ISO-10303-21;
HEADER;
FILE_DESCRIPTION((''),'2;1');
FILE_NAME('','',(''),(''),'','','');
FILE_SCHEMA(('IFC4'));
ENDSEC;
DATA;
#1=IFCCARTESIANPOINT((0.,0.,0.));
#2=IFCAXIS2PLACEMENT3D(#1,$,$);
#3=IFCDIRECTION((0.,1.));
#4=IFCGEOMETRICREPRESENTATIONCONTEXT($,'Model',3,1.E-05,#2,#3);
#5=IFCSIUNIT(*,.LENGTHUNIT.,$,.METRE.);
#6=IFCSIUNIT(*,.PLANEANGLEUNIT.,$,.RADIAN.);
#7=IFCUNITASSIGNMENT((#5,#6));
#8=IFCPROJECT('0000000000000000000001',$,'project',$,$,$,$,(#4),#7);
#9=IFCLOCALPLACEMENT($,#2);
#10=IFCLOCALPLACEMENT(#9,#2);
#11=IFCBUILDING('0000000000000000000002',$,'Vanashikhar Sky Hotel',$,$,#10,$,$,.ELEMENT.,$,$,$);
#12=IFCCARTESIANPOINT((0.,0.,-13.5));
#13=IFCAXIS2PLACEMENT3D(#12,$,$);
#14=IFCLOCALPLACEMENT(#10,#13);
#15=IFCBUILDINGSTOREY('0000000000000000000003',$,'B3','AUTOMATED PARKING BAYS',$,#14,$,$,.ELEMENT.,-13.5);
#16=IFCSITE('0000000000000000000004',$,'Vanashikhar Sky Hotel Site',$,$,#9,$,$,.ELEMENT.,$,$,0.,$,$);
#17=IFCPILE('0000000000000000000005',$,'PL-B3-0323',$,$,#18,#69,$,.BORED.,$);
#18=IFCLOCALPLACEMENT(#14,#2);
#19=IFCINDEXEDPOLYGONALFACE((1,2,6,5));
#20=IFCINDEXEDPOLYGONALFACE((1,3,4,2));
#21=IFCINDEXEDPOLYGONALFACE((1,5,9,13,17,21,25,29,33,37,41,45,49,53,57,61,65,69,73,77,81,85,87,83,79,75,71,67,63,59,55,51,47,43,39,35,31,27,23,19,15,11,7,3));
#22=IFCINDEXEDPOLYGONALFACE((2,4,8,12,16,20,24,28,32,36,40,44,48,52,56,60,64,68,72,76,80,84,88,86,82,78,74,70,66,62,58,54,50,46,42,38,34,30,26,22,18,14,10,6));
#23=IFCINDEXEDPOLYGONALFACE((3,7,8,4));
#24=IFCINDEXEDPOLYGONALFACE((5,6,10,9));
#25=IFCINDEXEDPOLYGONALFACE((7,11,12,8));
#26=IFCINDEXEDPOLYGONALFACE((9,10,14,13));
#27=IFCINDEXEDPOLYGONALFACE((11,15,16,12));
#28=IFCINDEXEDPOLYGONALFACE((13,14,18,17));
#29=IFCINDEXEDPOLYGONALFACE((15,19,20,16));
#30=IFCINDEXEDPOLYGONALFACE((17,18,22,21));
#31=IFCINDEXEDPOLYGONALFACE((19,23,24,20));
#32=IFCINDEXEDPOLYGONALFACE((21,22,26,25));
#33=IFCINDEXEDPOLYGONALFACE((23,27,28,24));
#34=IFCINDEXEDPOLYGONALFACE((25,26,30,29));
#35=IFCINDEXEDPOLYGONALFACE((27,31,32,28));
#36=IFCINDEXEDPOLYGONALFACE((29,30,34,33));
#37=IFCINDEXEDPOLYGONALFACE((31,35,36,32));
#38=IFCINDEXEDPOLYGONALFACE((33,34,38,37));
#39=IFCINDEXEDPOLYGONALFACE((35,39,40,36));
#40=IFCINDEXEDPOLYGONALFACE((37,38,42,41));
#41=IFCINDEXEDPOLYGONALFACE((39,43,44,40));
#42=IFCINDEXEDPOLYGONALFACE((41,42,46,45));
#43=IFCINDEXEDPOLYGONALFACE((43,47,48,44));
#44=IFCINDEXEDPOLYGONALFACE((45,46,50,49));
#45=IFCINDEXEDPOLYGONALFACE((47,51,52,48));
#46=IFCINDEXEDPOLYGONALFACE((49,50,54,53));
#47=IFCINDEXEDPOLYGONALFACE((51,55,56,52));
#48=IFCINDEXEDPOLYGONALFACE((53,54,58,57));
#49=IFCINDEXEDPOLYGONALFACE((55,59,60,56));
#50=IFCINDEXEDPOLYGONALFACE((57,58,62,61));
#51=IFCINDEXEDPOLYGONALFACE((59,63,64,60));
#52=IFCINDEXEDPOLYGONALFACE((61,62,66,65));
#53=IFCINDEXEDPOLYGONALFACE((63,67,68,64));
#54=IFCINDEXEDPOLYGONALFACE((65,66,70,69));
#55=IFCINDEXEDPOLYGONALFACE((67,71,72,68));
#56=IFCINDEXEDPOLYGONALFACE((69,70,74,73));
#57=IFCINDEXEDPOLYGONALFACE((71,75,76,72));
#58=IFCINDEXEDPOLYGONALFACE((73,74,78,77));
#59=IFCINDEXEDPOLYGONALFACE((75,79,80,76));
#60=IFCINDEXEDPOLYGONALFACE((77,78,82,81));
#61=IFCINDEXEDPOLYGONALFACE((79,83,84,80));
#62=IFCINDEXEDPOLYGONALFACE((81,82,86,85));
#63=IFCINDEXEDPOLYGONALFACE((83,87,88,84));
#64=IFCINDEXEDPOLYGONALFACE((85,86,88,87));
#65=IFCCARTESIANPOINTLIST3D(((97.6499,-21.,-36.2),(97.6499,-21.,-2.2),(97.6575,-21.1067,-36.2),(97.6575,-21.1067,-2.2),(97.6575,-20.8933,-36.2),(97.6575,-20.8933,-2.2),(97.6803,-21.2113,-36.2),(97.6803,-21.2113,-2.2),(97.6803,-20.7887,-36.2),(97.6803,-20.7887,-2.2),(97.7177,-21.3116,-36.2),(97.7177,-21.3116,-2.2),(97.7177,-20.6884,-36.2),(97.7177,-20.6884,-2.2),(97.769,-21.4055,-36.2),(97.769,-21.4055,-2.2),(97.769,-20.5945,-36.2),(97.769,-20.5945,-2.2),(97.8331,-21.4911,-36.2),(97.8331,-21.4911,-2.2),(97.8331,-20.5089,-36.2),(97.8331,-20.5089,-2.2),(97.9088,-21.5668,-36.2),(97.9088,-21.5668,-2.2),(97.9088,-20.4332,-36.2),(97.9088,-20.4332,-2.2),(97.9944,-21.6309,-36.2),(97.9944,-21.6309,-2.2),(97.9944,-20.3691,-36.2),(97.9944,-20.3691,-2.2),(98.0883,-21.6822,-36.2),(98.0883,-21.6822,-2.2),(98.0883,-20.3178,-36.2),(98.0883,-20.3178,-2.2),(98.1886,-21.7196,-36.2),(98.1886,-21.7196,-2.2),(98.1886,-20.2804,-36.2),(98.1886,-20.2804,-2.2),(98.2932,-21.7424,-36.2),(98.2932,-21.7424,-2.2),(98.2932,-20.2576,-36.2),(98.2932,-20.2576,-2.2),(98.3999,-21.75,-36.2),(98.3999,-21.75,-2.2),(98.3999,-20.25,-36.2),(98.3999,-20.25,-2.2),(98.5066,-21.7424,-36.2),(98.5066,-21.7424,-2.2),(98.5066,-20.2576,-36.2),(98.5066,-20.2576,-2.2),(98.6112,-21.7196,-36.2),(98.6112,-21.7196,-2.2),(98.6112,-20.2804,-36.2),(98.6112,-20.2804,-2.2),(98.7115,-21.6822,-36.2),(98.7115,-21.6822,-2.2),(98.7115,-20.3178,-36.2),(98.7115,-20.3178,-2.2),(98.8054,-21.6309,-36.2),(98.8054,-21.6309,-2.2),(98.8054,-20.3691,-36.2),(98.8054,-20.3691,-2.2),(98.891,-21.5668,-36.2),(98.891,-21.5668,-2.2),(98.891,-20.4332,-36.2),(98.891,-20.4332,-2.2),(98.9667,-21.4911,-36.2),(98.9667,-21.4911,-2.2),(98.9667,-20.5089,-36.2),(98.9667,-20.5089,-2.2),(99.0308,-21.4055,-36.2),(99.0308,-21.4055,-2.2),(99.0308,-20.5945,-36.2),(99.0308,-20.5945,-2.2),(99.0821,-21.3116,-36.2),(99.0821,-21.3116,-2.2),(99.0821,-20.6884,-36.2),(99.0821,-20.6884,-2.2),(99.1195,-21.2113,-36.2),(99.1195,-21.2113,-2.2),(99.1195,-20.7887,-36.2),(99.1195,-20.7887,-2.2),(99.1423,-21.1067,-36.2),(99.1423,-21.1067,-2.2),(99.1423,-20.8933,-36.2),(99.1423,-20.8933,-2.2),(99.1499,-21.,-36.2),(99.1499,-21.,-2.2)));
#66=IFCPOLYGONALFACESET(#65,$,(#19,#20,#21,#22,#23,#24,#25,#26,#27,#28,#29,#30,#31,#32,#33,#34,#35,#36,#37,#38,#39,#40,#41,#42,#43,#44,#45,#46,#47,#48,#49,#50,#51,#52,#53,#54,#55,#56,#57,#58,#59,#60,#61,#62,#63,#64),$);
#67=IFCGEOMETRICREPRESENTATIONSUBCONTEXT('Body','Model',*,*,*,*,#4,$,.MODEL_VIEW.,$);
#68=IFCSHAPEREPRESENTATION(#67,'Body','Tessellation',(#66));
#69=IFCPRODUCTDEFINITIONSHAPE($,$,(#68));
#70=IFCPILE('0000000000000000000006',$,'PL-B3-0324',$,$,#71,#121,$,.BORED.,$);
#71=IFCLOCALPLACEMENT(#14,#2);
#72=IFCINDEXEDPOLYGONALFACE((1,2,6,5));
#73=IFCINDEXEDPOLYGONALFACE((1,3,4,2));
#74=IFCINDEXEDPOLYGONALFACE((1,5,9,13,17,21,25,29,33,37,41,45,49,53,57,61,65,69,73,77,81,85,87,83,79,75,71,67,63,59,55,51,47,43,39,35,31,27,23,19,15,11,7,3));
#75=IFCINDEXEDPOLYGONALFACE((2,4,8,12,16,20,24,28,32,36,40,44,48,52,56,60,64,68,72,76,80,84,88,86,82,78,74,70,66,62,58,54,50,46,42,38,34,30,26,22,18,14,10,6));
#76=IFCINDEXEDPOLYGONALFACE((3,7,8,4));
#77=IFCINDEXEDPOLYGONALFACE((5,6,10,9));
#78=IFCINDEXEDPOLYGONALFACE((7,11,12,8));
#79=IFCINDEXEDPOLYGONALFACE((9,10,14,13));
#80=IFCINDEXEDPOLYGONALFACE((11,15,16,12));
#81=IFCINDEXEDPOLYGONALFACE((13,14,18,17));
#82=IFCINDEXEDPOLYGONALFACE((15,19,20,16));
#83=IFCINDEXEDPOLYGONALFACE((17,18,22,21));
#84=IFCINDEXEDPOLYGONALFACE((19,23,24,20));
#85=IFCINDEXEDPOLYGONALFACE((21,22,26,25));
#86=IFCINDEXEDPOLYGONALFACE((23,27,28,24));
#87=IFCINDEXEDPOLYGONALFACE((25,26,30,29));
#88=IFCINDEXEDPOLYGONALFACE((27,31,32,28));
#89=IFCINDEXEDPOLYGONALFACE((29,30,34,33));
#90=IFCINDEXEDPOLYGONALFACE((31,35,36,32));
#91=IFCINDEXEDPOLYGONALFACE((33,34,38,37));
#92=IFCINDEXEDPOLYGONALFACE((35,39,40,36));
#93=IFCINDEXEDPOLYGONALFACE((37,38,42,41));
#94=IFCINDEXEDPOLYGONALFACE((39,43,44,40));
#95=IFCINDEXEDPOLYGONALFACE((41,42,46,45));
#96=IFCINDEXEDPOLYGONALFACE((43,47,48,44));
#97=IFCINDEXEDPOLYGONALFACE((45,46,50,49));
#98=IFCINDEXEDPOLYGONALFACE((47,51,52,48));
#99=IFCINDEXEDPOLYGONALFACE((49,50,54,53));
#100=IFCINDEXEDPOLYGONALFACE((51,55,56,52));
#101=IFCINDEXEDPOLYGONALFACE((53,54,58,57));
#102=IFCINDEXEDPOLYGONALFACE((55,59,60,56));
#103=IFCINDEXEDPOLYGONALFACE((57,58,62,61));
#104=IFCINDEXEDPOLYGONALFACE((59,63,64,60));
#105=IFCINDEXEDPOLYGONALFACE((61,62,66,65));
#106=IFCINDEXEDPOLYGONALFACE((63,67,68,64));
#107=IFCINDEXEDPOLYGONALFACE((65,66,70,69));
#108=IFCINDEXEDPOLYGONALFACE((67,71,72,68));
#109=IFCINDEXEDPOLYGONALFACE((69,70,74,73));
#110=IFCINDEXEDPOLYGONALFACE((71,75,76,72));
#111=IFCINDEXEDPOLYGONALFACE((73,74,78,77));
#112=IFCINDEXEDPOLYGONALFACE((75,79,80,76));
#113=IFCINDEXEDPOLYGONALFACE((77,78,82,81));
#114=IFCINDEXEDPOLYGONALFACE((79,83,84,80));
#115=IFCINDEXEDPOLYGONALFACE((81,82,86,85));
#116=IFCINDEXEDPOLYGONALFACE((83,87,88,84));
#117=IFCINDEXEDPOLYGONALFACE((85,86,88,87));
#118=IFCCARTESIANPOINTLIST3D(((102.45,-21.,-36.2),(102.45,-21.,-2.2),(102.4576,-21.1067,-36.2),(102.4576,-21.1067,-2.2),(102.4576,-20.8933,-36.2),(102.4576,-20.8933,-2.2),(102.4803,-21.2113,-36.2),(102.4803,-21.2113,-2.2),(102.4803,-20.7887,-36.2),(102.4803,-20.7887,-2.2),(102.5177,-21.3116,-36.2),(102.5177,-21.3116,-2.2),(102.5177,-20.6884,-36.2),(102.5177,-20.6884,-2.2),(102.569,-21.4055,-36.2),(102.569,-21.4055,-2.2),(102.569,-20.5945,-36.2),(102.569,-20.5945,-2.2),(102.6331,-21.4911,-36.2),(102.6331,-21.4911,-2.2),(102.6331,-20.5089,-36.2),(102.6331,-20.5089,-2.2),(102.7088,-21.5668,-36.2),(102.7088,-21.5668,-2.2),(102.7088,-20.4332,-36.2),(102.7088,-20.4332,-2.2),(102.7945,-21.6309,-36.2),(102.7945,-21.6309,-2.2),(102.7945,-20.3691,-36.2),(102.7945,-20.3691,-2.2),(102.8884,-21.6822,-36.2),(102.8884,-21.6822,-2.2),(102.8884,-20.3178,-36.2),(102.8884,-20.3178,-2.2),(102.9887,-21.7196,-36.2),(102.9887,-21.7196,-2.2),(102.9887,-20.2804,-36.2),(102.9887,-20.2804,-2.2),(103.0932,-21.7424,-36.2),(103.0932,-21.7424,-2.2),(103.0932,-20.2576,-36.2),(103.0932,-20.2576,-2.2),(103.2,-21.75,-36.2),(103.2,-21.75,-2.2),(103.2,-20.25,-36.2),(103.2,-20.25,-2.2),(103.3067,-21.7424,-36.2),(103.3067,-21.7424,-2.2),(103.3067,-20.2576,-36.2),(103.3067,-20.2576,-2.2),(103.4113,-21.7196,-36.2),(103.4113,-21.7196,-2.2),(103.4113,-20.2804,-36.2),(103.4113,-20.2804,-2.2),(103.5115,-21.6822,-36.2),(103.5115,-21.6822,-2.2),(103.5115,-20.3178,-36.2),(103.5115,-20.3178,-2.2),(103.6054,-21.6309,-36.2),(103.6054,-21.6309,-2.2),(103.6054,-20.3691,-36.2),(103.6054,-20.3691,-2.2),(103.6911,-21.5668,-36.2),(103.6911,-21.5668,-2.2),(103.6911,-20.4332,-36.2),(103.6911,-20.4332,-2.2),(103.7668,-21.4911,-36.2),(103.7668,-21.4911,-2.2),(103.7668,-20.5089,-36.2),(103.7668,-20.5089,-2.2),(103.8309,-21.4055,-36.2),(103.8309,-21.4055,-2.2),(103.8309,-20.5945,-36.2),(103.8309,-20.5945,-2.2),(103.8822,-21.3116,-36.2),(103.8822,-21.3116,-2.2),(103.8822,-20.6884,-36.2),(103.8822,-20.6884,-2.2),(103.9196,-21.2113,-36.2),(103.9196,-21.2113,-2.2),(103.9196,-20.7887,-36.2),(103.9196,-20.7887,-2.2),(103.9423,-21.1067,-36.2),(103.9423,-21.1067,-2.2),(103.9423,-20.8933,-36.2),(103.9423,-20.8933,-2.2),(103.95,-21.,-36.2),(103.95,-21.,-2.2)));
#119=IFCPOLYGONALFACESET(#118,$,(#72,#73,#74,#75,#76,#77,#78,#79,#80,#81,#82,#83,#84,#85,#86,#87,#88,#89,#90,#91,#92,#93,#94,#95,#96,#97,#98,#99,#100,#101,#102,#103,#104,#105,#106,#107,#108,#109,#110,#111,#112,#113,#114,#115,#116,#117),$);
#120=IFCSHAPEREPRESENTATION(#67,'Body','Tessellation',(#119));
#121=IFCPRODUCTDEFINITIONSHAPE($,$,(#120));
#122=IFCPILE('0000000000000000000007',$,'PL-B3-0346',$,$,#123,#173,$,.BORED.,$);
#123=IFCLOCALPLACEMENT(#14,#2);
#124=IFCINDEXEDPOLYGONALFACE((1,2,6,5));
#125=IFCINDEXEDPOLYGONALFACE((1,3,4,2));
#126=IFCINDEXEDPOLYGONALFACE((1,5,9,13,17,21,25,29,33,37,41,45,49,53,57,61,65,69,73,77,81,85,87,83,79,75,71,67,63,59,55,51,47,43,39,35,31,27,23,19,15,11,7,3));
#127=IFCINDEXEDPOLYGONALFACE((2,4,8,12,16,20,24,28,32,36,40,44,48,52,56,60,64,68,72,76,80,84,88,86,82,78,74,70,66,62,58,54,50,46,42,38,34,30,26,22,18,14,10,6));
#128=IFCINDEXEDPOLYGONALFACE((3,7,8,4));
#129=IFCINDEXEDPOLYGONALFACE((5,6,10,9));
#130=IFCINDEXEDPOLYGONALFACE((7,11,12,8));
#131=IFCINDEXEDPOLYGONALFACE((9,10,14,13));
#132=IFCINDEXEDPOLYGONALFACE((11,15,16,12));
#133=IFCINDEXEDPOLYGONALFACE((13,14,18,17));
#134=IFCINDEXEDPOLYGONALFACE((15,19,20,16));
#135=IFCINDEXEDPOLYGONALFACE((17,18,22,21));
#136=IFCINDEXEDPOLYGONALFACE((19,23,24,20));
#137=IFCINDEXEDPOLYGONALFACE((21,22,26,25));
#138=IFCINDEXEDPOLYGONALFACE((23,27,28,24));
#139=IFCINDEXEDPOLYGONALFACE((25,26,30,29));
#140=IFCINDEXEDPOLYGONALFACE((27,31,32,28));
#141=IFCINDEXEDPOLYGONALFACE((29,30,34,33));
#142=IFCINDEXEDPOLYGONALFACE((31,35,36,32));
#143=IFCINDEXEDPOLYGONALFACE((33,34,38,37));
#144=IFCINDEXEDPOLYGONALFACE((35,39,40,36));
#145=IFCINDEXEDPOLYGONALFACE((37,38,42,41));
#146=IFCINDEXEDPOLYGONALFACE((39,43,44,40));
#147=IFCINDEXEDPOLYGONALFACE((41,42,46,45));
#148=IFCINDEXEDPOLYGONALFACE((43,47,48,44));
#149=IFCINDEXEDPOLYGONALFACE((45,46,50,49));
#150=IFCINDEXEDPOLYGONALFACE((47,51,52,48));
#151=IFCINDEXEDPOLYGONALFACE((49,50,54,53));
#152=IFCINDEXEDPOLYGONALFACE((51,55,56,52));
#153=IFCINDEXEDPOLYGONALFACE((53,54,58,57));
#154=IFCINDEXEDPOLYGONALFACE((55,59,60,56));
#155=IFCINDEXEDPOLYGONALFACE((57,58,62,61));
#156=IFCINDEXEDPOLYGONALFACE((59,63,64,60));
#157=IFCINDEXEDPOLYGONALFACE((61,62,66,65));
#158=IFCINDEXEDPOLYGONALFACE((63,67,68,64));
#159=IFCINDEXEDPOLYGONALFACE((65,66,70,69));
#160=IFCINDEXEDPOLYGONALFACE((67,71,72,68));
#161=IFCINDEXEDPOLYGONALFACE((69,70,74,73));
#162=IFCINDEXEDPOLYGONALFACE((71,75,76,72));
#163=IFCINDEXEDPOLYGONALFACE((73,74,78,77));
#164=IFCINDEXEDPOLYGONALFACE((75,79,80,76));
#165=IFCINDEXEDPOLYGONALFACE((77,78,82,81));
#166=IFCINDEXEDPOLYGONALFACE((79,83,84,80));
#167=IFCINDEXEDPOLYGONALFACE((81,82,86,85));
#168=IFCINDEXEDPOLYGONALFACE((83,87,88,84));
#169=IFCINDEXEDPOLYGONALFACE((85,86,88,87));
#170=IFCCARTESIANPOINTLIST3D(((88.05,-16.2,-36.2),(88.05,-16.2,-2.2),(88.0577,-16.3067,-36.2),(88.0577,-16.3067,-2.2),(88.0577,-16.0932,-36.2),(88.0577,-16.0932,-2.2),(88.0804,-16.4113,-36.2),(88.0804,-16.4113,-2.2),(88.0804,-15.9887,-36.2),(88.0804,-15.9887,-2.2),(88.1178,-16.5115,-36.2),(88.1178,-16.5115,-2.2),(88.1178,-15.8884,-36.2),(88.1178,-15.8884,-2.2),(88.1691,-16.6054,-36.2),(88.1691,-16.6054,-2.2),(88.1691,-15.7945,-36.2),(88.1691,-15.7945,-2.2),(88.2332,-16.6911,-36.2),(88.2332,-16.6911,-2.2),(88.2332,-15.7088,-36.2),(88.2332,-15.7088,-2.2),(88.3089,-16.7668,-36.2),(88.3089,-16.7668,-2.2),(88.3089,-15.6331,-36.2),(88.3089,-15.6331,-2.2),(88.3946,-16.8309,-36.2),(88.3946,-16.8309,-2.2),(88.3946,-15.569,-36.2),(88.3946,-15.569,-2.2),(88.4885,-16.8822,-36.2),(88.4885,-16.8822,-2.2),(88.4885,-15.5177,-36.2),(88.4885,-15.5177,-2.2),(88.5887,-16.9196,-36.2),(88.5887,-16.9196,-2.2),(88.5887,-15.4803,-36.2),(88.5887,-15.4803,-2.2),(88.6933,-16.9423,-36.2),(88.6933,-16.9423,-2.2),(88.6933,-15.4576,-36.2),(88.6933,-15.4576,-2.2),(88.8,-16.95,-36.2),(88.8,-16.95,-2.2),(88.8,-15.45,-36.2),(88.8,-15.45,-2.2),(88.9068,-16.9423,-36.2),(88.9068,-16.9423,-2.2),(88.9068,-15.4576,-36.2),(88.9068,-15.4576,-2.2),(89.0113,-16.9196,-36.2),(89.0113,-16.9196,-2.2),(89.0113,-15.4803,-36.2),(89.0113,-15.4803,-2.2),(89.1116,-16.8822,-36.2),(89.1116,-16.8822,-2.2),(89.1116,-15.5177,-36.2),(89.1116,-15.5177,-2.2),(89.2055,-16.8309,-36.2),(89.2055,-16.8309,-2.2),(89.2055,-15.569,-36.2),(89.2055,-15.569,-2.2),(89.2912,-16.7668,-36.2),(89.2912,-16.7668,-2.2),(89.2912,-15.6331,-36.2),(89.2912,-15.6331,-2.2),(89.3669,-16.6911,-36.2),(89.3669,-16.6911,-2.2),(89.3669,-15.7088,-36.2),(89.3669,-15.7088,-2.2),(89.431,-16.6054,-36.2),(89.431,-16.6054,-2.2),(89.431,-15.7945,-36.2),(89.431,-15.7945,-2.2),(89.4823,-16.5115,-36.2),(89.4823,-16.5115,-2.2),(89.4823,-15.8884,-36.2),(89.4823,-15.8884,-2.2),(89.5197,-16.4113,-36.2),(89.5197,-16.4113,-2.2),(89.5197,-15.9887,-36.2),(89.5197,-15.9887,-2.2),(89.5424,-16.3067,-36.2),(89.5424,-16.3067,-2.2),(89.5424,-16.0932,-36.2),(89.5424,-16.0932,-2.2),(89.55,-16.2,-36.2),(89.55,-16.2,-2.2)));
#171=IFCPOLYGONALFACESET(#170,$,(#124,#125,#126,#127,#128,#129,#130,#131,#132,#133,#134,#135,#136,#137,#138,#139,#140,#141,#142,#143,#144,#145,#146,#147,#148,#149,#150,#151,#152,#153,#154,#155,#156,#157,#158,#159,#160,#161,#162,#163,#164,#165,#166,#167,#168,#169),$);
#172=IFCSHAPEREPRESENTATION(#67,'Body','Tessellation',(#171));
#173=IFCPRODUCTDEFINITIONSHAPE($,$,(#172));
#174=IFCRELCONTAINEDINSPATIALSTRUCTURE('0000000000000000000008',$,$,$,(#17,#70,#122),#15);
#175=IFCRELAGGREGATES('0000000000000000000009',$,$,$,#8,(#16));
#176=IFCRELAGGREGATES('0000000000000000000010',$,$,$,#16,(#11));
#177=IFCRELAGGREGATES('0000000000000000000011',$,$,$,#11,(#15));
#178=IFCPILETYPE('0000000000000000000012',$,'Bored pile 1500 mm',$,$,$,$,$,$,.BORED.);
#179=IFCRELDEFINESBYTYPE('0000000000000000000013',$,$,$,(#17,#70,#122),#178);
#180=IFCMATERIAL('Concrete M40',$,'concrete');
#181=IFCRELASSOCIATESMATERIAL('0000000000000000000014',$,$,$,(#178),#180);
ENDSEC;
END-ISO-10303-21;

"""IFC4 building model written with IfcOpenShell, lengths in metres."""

from ifc_helpers import new_model, si_unit, direction, frame, origin, origin_2d, place, context, subcontext, project, spatial, circle, extrude, source, transform, mapped, material, type_object, element, save


model = new_model("IFC4")

# Units and contexts
model_context = context("Model", 3, precision=1e-05, world=origin(), true_north=direction((0.0, 1.0)))
body_context = subcontext(model_context, "Body", "Model", "MODEL_VIEW")
ifc_project = project(units=[si_unit("LENGTHUNIT", "METRE"), si_unit("PLANEANGLEUNIT", "RADIAN")], contexts=[model_context])

# Site, building, storey
site_placement = place(None, origin())
site = spatial("IfcSite", under=ifc_project, at=site_placement, Name="Vanashikhar Sky Hotel Site", CompositionType="ELEMENT", RefElevation=0.0)
building_placement = place(site_placement, origin())
building = spatial("IfcBuilding", under=site, at=building_placement, Name="Vanashikhar Sky Hotel", CompositionType="ELEMENT")
storey_placement = place(building_placement, frame((0.0, 0.0, -13.5)))
storey = spatial("IfcBuildingStorey", under=building, at=storey_placement, Name="B3", Description="AUTOMATED PARKING BAYS", CompositionType="ELEMENT", Elevation=-13.5)

# Piles
ifc_material_1 = material(Name="Concrete M40", Category="concrete")
pile_type_1 = type_object("IfcPileType", Name="Bored pile 1500 mm", PredefinedType="BORED", material=ifc_material_1)
shared_shape_1 = source(origin(), body_context, "Body", "SweptSolid", [
    extrude(circle(Radius=0.75, at=origin_2d()), origin(), (0.0, 0.0, 1.0), 34.0),
])
for number, where, z_axis, x_axis, name in (
    (1, (98.3999, -21.0, -2.2), (0.0, 0.0, -1.0), (1.0, 0.0, 0.0), "PL-B3-0323"),
    (2, (103.2, -21.0, -2.2), (0.0, 0.0, -1.0), (1.0, 0.0, 0.0), "PL-B3-0324"),
    (3, (88.8, -16.2, -2.2), (0.0, 0.0, -1.0), (1.0, 0.0, 0.0), "PL-B3-0346"),
):
    element("IfcPile", number, at=place(storey_placement, frame(where, z_axis=z_axis, x_axis=x_axis)), inside=storey, type_object=pile_type_1, Name=name, PredefinedType="BORED", context=body_context, shape_type="MappedRepresentation", body=[
        mapped(shared_shape_1, transform((0.0, 0.0, 0.0), scale=1.0)),
    ])

save(model, "model.ifc")
